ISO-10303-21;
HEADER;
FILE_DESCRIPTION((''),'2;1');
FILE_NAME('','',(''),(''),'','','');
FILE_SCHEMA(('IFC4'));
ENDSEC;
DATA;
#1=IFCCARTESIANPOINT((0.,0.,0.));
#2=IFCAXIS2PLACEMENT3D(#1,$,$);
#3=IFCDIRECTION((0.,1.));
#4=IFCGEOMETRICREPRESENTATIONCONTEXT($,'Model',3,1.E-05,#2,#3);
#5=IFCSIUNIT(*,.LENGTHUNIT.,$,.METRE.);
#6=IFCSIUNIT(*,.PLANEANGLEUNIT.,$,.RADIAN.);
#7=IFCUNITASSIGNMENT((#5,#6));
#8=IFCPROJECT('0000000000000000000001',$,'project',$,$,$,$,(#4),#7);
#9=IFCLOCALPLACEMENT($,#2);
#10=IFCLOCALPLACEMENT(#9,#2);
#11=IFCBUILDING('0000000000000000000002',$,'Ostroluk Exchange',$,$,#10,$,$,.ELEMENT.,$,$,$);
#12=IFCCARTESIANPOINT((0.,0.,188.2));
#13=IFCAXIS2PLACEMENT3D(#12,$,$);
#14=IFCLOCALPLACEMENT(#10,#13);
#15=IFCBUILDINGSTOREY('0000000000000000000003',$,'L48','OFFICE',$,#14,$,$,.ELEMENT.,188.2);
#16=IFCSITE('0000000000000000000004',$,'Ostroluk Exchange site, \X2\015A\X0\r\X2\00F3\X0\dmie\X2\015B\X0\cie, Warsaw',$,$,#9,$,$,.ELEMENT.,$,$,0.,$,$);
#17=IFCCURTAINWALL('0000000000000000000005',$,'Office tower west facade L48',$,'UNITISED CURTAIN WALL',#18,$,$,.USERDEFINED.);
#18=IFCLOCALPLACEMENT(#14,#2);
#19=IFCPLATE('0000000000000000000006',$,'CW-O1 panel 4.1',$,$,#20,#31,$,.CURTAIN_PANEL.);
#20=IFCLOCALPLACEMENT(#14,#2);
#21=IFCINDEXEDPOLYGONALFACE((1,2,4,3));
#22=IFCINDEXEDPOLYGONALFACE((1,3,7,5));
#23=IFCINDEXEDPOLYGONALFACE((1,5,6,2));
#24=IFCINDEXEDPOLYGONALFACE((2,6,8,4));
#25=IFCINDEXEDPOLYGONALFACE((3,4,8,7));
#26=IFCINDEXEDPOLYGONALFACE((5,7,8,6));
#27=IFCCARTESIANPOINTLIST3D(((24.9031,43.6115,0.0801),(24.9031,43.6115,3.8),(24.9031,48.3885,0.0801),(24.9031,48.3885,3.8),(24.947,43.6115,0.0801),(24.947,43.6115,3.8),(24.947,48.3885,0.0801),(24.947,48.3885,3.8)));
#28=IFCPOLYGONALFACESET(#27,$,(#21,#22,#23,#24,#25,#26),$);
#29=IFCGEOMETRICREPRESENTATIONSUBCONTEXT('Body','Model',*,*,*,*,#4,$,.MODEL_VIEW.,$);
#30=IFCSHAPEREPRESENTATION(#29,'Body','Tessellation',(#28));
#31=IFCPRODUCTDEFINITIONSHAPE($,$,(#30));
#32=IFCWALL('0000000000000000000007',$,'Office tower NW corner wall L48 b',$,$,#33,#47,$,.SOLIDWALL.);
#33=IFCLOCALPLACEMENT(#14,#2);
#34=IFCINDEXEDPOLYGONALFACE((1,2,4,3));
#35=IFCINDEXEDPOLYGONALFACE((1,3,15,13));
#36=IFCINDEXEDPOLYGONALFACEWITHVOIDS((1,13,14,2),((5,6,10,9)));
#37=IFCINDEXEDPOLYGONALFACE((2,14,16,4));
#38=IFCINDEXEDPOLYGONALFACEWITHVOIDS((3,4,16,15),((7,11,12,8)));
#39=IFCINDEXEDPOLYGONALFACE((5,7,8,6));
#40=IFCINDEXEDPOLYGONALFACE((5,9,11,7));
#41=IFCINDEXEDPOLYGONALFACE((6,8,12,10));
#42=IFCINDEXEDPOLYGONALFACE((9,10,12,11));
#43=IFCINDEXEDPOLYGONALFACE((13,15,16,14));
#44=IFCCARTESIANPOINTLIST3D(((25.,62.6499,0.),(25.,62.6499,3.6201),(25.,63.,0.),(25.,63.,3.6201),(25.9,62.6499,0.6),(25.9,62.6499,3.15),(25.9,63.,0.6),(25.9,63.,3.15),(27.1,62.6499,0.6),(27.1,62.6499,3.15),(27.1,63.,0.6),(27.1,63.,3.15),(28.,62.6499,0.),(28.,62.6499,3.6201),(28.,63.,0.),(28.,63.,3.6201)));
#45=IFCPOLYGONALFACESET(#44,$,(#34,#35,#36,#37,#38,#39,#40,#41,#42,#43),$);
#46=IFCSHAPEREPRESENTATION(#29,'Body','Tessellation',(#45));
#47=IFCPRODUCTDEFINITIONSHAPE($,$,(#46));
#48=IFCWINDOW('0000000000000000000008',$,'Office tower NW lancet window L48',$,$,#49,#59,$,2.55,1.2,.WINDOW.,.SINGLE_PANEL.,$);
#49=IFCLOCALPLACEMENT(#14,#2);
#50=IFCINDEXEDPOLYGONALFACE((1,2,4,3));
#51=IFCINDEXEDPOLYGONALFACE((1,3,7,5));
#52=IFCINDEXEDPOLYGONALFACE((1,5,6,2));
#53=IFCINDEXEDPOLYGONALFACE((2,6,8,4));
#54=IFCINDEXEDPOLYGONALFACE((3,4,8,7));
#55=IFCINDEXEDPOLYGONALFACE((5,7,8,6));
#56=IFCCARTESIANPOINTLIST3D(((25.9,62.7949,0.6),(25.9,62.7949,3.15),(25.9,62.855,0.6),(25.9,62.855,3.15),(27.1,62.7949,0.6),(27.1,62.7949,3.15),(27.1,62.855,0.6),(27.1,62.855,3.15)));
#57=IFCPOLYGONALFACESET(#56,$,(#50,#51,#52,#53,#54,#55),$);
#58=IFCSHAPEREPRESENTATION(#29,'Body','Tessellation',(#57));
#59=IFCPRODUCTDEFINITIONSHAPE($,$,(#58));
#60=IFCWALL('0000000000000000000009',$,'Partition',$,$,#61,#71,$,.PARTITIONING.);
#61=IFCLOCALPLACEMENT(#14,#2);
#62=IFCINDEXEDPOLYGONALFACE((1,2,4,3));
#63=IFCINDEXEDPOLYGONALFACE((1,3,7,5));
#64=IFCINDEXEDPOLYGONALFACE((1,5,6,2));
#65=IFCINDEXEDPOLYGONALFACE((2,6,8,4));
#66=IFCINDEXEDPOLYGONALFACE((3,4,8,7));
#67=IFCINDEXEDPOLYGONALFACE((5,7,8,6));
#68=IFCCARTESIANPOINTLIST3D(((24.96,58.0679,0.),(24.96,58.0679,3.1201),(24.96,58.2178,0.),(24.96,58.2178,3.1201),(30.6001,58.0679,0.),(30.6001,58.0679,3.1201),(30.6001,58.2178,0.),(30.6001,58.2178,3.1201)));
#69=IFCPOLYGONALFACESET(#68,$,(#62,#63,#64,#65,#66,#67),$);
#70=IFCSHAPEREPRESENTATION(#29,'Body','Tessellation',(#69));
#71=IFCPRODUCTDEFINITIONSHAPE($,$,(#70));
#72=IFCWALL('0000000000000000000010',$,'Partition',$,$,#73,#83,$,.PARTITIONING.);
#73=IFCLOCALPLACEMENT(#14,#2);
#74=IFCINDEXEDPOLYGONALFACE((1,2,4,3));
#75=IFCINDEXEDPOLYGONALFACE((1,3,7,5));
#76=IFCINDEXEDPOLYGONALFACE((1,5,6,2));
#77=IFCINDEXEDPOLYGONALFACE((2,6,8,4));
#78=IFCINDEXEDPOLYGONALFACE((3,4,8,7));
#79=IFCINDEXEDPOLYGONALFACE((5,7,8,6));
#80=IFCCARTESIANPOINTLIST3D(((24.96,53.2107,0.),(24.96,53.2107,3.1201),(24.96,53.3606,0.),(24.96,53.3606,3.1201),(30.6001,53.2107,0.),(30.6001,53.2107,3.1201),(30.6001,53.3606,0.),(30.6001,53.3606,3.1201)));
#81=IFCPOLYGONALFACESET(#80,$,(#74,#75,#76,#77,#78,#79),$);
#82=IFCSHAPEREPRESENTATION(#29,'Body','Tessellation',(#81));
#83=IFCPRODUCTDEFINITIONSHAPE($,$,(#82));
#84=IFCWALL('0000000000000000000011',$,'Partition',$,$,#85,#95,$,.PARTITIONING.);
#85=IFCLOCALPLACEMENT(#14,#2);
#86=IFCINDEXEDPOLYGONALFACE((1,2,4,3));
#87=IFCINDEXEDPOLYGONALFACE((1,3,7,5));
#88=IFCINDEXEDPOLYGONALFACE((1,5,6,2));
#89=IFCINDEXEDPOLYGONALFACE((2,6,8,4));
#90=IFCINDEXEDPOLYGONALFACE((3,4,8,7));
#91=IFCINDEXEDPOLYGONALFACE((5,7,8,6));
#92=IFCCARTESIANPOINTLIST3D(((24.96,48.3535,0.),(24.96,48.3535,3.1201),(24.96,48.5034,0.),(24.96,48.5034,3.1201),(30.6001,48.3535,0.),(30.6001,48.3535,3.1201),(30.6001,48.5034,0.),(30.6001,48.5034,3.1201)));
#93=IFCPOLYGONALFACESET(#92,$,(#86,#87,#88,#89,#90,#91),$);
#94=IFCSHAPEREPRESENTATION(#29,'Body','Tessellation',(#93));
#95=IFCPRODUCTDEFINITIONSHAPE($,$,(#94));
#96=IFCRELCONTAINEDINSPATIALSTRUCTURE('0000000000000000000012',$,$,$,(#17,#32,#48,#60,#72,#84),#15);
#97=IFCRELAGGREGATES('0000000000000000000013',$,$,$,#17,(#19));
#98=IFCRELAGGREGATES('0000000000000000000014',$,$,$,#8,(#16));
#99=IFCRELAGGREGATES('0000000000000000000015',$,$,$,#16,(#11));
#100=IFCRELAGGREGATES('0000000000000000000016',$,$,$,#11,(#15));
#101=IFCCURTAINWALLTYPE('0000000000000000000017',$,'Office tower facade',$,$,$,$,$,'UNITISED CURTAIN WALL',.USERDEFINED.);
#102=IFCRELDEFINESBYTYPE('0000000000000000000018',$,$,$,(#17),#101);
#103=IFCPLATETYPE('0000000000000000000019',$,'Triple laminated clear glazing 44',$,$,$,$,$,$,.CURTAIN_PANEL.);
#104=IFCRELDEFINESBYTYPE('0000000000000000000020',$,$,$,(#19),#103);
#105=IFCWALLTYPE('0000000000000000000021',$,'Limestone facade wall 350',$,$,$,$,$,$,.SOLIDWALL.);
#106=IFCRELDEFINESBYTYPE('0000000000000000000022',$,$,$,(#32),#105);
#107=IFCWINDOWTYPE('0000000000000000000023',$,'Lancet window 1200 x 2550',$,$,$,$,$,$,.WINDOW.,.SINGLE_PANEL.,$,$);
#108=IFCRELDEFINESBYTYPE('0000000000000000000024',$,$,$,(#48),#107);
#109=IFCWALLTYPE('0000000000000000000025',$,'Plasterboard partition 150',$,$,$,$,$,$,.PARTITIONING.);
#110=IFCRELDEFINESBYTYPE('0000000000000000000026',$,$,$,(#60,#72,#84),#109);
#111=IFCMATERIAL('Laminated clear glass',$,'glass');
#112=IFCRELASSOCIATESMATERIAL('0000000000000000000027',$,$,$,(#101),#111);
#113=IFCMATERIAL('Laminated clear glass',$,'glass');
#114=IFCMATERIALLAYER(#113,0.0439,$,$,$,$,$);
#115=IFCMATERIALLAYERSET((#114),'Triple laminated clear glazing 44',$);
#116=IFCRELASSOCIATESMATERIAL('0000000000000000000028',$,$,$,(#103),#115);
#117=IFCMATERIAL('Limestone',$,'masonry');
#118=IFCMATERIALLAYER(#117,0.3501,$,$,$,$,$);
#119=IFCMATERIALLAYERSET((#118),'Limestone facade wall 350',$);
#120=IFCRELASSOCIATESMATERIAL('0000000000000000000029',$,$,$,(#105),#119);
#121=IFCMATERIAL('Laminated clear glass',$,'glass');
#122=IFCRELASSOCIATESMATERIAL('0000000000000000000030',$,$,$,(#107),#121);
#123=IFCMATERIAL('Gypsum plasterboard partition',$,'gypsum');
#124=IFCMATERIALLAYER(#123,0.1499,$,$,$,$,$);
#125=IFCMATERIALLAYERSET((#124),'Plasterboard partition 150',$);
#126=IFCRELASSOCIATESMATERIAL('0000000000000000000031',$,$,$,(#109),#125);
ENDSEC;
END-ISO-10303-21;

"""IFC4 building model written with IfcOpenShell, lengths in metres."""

from ifc_helpers import new_model, si_unit, direction, frame, frame_2d, origin, origin_2d, place, context, subcontext, project, spatial, rectangle, extrude, material, layer, layer_set, type_object, element, fill, aggregate, save


model = new_model("IFC4")

# Units and contexts
model_context = context("Model", 3, precision=1e-05, world=origin(), true_north=direction((0.0, 1.0)))
body_context = subcontext(model_context, "Body", "Model", "MODEL_VIEW")
ifc_project = project(units=[si_unit("LENGTHUNIT", "METRE"), si_unit("PLANEANGLEUNIT", "RADIAN")], contexts=[model_context])

# Site, building, storey
site_placement = place(None, origin())
site = spatial("IfcSite", under=ifc_project, at=site_placement, Name="Ostroluk Exchange site, Śródmieście, Warsaw", CompositionType="ELEMENT", RefElevation=0.0)
building_placement = place(site_placement, origin())
building = spatial("IfcBuilding", under=site, at=building_placement, Name="Ostroluk Exchange", CompositionType="ELEMENT")
storey_placement = place(building_placement, frame((0.0, 0.0, 188.2)))
storey = spatial("IfcBuildingStorey", under=building, at=storey_placement, Name="L48", Description="OFFICE", CompositionType="ELEMENT", Elevation=188.2)

# Curtain wall
ifc_material_1 = material(Name="Laminated clear glass", Category="glass")
curtain_wall_type = type_object("IfcCurtainWallType", Name="Office tower facade", ElementType="UNITISED CURTAIN WALL", PredefinedType="USERDEFINED", material=ifc_material_1)
curtain_wall_1_placement = place(storey_placement, origin())
curtain_wall_1 = element("IfcCurtainWall", 1, at=curtain_wall_1_placement, inside=storey, type_object=curtain_wall_type, Name="Office tower west facade L48", ObjectType="UNITISED CURTAIN WALL", PredefinedType="USERDEFINED")

# Plate
ifc_material_2 = material(Name="Laminated clear glass", Category="glass")
ifc_layer_1 = layer(ifc_material_2, 0.0439)
ifc_layer_set_1 = layer_set([ifc_layer_1], Name="Triple laminated clear glazing 44")
plate_type_1 = type_object("IfcPlateType", Name="Triple laminated clear glazing 44", PredefinedType="CURTAIN_PANEL", material=ifc_layer_set_1)
plate_1_placement = place(storey_placement, frame((24.925, 46.0, 0.0801), z_axis=(0.0, 0.0, 1.0), x_axis=(0.0, -1.0, 0.0)))
plate_1 = element("IfcPlate", 2, at=plate_1_placement, type_object=plate_type_1, Name="CW-O1 panel 4.1", PredefinedType="CURTAIN_PANEL", context=body_context, shape_type="SweptSolid", body=[
    extrude(rectangle(XDim=4.7771, YDim=0.0439, at=origin_2d()), origin(), (0.0, 0.0, 1.0), 3.72),
])
aggregate(curtain_wall_1, [plate_1])

# Shared definitions
ifc_material_3 = material(Name="Limestone", Category="masonry")
ifc_layer_2 = layer(ifc_material_3, 0.3501)
ifc_layer_set_2 = layer_set([ifc_layer_2], Name="Limestone facade wall 350")
wall_type_1 = type_object("IfcWallType", Name="Limestone facade wall 350", PredefinedType="SOLIDWALL", material=ifc_layer_set_2)

# Wall, opening, window
wall_1_placement = place(storey_placement, frame((28.0, 62.825, 0.0), z_axis=(0.0, 0.0, 1.0), x_axis=(-1.0, 0.0, 0.0)))
wall_1 = element("IfcWall", 3, at=wall_1_placement, inside=storey, type_object=wall_type_1, Name="Office tower NW corner wall L48 b", PredefinedType="SOLIDWALL", context=body_context, shape_type="SweptSolid", body=[
    extrude(rectangle(XDim=3.0, YDim=0.3501, at=frame_2d((1.5, 0.0))), origin(), (0.0, 0.0, 1.0), 3.6201),
])
opening_1_placement = place(wall_1_placement, frame((0.8999, 0.0, 0.6001)))
opening_1 = element("IfcOpeningElement", 4, at=opening_1_placement, cuts=wall_1, PredefinedType="OPENING", context=body_context, shape_type="SweptSolid", body=[
    extrude(rectangle(XDim=1.2, YDim=2.55, at=frame_2d((0.6001, 1.2749))), frame((0.0, 0.1851, 0.0), z_axis=(0.0, -1.0, 0.0), x_axis=(1.0, 0.0, 0.0)), (0.0, 0.0, 1.0), 0.3701),
])
ifc_material_4 = material(Name="Laminated clear glass", Category="glass")
window_type = type_object("IfcWindowType", Name="Lancet window 1200 x 2550", PartitioningType="SINGLE_PANEL", PredefinedType="WINDOW", material=ifc_material_4)
window_placement = place(opening_1_placement, origin())
window = element("IfcWindow", 5, at=window_placement, inside=storey, type_object=window_type, Name="Office tower NW lancet window L48", OverallHeight=2.55, OverallWidth=1.2, PartitioningType="SINGLE_PANEL", PredefinedType="WINDOW", context=body_context, shape_type="SweptSolid", body=[
    extrude(rectangle(XDim=1.2, YDim=2.55, at=frame_2d((0.6001, 1.2749))), frame((0.0, 0.03, 0.0), z_axis=(0.0, -1.0, 0.0), x_axis=(1.0, 0.0, 0.0)), (0.0, 0.0, 1.0), 0.0601),
])
fill(opening_1, window)

# Walls
ifc_material_5 = material(Name="Gypsum plasterboard partition", Category="gypsum")
ifc_layer_3 = layer(ifc_material_5, 0.1499)
ifc_layer_set_3 = layer_set([ifc_layer_3], Name="Plasterboard partition 150")
wall_type_2 = type_object("IfcWallType", Name="Plasterboard partition 150", PredefinedType="PARTITIONING", material=ifc_layer_set_3)
for number, where, z_axis, x_axis, name in (
    (6, (30.6001, 58.1428, 0.0), (0.0, 0.0, 1.0), (-1.0, 0.0, 0.0), "Partition"),
    (7, (30.6001, 53.2856, 0.0), (0.0, 0.0, 1.0), (-1.0, 0.0, 0.0), "Partition"),
    (8, (30.6001, 48.4285, 0.0), (0.0, 0.0, 1.0), (-1.0, 0.0, 0.0), "Partition"),
):
    element("IfcWall", number, at=place(storey_placement, frame(where, z_axis=z_axis, x_axis=x_axis)), inside=storey, type_object=wall_type_2, Name=name, PredefinedType="PARTITIONING", context=body_context, shape_type="SweptSolid", body=[
        extrude(rectangle(XDim=5.6401, YDim=0.1499, at=frame_2d((2.8201, 0.0))), origin(), (0.0, 0.0, 1.0), 3.1201),
    ])

save(model, "model.ifc")
